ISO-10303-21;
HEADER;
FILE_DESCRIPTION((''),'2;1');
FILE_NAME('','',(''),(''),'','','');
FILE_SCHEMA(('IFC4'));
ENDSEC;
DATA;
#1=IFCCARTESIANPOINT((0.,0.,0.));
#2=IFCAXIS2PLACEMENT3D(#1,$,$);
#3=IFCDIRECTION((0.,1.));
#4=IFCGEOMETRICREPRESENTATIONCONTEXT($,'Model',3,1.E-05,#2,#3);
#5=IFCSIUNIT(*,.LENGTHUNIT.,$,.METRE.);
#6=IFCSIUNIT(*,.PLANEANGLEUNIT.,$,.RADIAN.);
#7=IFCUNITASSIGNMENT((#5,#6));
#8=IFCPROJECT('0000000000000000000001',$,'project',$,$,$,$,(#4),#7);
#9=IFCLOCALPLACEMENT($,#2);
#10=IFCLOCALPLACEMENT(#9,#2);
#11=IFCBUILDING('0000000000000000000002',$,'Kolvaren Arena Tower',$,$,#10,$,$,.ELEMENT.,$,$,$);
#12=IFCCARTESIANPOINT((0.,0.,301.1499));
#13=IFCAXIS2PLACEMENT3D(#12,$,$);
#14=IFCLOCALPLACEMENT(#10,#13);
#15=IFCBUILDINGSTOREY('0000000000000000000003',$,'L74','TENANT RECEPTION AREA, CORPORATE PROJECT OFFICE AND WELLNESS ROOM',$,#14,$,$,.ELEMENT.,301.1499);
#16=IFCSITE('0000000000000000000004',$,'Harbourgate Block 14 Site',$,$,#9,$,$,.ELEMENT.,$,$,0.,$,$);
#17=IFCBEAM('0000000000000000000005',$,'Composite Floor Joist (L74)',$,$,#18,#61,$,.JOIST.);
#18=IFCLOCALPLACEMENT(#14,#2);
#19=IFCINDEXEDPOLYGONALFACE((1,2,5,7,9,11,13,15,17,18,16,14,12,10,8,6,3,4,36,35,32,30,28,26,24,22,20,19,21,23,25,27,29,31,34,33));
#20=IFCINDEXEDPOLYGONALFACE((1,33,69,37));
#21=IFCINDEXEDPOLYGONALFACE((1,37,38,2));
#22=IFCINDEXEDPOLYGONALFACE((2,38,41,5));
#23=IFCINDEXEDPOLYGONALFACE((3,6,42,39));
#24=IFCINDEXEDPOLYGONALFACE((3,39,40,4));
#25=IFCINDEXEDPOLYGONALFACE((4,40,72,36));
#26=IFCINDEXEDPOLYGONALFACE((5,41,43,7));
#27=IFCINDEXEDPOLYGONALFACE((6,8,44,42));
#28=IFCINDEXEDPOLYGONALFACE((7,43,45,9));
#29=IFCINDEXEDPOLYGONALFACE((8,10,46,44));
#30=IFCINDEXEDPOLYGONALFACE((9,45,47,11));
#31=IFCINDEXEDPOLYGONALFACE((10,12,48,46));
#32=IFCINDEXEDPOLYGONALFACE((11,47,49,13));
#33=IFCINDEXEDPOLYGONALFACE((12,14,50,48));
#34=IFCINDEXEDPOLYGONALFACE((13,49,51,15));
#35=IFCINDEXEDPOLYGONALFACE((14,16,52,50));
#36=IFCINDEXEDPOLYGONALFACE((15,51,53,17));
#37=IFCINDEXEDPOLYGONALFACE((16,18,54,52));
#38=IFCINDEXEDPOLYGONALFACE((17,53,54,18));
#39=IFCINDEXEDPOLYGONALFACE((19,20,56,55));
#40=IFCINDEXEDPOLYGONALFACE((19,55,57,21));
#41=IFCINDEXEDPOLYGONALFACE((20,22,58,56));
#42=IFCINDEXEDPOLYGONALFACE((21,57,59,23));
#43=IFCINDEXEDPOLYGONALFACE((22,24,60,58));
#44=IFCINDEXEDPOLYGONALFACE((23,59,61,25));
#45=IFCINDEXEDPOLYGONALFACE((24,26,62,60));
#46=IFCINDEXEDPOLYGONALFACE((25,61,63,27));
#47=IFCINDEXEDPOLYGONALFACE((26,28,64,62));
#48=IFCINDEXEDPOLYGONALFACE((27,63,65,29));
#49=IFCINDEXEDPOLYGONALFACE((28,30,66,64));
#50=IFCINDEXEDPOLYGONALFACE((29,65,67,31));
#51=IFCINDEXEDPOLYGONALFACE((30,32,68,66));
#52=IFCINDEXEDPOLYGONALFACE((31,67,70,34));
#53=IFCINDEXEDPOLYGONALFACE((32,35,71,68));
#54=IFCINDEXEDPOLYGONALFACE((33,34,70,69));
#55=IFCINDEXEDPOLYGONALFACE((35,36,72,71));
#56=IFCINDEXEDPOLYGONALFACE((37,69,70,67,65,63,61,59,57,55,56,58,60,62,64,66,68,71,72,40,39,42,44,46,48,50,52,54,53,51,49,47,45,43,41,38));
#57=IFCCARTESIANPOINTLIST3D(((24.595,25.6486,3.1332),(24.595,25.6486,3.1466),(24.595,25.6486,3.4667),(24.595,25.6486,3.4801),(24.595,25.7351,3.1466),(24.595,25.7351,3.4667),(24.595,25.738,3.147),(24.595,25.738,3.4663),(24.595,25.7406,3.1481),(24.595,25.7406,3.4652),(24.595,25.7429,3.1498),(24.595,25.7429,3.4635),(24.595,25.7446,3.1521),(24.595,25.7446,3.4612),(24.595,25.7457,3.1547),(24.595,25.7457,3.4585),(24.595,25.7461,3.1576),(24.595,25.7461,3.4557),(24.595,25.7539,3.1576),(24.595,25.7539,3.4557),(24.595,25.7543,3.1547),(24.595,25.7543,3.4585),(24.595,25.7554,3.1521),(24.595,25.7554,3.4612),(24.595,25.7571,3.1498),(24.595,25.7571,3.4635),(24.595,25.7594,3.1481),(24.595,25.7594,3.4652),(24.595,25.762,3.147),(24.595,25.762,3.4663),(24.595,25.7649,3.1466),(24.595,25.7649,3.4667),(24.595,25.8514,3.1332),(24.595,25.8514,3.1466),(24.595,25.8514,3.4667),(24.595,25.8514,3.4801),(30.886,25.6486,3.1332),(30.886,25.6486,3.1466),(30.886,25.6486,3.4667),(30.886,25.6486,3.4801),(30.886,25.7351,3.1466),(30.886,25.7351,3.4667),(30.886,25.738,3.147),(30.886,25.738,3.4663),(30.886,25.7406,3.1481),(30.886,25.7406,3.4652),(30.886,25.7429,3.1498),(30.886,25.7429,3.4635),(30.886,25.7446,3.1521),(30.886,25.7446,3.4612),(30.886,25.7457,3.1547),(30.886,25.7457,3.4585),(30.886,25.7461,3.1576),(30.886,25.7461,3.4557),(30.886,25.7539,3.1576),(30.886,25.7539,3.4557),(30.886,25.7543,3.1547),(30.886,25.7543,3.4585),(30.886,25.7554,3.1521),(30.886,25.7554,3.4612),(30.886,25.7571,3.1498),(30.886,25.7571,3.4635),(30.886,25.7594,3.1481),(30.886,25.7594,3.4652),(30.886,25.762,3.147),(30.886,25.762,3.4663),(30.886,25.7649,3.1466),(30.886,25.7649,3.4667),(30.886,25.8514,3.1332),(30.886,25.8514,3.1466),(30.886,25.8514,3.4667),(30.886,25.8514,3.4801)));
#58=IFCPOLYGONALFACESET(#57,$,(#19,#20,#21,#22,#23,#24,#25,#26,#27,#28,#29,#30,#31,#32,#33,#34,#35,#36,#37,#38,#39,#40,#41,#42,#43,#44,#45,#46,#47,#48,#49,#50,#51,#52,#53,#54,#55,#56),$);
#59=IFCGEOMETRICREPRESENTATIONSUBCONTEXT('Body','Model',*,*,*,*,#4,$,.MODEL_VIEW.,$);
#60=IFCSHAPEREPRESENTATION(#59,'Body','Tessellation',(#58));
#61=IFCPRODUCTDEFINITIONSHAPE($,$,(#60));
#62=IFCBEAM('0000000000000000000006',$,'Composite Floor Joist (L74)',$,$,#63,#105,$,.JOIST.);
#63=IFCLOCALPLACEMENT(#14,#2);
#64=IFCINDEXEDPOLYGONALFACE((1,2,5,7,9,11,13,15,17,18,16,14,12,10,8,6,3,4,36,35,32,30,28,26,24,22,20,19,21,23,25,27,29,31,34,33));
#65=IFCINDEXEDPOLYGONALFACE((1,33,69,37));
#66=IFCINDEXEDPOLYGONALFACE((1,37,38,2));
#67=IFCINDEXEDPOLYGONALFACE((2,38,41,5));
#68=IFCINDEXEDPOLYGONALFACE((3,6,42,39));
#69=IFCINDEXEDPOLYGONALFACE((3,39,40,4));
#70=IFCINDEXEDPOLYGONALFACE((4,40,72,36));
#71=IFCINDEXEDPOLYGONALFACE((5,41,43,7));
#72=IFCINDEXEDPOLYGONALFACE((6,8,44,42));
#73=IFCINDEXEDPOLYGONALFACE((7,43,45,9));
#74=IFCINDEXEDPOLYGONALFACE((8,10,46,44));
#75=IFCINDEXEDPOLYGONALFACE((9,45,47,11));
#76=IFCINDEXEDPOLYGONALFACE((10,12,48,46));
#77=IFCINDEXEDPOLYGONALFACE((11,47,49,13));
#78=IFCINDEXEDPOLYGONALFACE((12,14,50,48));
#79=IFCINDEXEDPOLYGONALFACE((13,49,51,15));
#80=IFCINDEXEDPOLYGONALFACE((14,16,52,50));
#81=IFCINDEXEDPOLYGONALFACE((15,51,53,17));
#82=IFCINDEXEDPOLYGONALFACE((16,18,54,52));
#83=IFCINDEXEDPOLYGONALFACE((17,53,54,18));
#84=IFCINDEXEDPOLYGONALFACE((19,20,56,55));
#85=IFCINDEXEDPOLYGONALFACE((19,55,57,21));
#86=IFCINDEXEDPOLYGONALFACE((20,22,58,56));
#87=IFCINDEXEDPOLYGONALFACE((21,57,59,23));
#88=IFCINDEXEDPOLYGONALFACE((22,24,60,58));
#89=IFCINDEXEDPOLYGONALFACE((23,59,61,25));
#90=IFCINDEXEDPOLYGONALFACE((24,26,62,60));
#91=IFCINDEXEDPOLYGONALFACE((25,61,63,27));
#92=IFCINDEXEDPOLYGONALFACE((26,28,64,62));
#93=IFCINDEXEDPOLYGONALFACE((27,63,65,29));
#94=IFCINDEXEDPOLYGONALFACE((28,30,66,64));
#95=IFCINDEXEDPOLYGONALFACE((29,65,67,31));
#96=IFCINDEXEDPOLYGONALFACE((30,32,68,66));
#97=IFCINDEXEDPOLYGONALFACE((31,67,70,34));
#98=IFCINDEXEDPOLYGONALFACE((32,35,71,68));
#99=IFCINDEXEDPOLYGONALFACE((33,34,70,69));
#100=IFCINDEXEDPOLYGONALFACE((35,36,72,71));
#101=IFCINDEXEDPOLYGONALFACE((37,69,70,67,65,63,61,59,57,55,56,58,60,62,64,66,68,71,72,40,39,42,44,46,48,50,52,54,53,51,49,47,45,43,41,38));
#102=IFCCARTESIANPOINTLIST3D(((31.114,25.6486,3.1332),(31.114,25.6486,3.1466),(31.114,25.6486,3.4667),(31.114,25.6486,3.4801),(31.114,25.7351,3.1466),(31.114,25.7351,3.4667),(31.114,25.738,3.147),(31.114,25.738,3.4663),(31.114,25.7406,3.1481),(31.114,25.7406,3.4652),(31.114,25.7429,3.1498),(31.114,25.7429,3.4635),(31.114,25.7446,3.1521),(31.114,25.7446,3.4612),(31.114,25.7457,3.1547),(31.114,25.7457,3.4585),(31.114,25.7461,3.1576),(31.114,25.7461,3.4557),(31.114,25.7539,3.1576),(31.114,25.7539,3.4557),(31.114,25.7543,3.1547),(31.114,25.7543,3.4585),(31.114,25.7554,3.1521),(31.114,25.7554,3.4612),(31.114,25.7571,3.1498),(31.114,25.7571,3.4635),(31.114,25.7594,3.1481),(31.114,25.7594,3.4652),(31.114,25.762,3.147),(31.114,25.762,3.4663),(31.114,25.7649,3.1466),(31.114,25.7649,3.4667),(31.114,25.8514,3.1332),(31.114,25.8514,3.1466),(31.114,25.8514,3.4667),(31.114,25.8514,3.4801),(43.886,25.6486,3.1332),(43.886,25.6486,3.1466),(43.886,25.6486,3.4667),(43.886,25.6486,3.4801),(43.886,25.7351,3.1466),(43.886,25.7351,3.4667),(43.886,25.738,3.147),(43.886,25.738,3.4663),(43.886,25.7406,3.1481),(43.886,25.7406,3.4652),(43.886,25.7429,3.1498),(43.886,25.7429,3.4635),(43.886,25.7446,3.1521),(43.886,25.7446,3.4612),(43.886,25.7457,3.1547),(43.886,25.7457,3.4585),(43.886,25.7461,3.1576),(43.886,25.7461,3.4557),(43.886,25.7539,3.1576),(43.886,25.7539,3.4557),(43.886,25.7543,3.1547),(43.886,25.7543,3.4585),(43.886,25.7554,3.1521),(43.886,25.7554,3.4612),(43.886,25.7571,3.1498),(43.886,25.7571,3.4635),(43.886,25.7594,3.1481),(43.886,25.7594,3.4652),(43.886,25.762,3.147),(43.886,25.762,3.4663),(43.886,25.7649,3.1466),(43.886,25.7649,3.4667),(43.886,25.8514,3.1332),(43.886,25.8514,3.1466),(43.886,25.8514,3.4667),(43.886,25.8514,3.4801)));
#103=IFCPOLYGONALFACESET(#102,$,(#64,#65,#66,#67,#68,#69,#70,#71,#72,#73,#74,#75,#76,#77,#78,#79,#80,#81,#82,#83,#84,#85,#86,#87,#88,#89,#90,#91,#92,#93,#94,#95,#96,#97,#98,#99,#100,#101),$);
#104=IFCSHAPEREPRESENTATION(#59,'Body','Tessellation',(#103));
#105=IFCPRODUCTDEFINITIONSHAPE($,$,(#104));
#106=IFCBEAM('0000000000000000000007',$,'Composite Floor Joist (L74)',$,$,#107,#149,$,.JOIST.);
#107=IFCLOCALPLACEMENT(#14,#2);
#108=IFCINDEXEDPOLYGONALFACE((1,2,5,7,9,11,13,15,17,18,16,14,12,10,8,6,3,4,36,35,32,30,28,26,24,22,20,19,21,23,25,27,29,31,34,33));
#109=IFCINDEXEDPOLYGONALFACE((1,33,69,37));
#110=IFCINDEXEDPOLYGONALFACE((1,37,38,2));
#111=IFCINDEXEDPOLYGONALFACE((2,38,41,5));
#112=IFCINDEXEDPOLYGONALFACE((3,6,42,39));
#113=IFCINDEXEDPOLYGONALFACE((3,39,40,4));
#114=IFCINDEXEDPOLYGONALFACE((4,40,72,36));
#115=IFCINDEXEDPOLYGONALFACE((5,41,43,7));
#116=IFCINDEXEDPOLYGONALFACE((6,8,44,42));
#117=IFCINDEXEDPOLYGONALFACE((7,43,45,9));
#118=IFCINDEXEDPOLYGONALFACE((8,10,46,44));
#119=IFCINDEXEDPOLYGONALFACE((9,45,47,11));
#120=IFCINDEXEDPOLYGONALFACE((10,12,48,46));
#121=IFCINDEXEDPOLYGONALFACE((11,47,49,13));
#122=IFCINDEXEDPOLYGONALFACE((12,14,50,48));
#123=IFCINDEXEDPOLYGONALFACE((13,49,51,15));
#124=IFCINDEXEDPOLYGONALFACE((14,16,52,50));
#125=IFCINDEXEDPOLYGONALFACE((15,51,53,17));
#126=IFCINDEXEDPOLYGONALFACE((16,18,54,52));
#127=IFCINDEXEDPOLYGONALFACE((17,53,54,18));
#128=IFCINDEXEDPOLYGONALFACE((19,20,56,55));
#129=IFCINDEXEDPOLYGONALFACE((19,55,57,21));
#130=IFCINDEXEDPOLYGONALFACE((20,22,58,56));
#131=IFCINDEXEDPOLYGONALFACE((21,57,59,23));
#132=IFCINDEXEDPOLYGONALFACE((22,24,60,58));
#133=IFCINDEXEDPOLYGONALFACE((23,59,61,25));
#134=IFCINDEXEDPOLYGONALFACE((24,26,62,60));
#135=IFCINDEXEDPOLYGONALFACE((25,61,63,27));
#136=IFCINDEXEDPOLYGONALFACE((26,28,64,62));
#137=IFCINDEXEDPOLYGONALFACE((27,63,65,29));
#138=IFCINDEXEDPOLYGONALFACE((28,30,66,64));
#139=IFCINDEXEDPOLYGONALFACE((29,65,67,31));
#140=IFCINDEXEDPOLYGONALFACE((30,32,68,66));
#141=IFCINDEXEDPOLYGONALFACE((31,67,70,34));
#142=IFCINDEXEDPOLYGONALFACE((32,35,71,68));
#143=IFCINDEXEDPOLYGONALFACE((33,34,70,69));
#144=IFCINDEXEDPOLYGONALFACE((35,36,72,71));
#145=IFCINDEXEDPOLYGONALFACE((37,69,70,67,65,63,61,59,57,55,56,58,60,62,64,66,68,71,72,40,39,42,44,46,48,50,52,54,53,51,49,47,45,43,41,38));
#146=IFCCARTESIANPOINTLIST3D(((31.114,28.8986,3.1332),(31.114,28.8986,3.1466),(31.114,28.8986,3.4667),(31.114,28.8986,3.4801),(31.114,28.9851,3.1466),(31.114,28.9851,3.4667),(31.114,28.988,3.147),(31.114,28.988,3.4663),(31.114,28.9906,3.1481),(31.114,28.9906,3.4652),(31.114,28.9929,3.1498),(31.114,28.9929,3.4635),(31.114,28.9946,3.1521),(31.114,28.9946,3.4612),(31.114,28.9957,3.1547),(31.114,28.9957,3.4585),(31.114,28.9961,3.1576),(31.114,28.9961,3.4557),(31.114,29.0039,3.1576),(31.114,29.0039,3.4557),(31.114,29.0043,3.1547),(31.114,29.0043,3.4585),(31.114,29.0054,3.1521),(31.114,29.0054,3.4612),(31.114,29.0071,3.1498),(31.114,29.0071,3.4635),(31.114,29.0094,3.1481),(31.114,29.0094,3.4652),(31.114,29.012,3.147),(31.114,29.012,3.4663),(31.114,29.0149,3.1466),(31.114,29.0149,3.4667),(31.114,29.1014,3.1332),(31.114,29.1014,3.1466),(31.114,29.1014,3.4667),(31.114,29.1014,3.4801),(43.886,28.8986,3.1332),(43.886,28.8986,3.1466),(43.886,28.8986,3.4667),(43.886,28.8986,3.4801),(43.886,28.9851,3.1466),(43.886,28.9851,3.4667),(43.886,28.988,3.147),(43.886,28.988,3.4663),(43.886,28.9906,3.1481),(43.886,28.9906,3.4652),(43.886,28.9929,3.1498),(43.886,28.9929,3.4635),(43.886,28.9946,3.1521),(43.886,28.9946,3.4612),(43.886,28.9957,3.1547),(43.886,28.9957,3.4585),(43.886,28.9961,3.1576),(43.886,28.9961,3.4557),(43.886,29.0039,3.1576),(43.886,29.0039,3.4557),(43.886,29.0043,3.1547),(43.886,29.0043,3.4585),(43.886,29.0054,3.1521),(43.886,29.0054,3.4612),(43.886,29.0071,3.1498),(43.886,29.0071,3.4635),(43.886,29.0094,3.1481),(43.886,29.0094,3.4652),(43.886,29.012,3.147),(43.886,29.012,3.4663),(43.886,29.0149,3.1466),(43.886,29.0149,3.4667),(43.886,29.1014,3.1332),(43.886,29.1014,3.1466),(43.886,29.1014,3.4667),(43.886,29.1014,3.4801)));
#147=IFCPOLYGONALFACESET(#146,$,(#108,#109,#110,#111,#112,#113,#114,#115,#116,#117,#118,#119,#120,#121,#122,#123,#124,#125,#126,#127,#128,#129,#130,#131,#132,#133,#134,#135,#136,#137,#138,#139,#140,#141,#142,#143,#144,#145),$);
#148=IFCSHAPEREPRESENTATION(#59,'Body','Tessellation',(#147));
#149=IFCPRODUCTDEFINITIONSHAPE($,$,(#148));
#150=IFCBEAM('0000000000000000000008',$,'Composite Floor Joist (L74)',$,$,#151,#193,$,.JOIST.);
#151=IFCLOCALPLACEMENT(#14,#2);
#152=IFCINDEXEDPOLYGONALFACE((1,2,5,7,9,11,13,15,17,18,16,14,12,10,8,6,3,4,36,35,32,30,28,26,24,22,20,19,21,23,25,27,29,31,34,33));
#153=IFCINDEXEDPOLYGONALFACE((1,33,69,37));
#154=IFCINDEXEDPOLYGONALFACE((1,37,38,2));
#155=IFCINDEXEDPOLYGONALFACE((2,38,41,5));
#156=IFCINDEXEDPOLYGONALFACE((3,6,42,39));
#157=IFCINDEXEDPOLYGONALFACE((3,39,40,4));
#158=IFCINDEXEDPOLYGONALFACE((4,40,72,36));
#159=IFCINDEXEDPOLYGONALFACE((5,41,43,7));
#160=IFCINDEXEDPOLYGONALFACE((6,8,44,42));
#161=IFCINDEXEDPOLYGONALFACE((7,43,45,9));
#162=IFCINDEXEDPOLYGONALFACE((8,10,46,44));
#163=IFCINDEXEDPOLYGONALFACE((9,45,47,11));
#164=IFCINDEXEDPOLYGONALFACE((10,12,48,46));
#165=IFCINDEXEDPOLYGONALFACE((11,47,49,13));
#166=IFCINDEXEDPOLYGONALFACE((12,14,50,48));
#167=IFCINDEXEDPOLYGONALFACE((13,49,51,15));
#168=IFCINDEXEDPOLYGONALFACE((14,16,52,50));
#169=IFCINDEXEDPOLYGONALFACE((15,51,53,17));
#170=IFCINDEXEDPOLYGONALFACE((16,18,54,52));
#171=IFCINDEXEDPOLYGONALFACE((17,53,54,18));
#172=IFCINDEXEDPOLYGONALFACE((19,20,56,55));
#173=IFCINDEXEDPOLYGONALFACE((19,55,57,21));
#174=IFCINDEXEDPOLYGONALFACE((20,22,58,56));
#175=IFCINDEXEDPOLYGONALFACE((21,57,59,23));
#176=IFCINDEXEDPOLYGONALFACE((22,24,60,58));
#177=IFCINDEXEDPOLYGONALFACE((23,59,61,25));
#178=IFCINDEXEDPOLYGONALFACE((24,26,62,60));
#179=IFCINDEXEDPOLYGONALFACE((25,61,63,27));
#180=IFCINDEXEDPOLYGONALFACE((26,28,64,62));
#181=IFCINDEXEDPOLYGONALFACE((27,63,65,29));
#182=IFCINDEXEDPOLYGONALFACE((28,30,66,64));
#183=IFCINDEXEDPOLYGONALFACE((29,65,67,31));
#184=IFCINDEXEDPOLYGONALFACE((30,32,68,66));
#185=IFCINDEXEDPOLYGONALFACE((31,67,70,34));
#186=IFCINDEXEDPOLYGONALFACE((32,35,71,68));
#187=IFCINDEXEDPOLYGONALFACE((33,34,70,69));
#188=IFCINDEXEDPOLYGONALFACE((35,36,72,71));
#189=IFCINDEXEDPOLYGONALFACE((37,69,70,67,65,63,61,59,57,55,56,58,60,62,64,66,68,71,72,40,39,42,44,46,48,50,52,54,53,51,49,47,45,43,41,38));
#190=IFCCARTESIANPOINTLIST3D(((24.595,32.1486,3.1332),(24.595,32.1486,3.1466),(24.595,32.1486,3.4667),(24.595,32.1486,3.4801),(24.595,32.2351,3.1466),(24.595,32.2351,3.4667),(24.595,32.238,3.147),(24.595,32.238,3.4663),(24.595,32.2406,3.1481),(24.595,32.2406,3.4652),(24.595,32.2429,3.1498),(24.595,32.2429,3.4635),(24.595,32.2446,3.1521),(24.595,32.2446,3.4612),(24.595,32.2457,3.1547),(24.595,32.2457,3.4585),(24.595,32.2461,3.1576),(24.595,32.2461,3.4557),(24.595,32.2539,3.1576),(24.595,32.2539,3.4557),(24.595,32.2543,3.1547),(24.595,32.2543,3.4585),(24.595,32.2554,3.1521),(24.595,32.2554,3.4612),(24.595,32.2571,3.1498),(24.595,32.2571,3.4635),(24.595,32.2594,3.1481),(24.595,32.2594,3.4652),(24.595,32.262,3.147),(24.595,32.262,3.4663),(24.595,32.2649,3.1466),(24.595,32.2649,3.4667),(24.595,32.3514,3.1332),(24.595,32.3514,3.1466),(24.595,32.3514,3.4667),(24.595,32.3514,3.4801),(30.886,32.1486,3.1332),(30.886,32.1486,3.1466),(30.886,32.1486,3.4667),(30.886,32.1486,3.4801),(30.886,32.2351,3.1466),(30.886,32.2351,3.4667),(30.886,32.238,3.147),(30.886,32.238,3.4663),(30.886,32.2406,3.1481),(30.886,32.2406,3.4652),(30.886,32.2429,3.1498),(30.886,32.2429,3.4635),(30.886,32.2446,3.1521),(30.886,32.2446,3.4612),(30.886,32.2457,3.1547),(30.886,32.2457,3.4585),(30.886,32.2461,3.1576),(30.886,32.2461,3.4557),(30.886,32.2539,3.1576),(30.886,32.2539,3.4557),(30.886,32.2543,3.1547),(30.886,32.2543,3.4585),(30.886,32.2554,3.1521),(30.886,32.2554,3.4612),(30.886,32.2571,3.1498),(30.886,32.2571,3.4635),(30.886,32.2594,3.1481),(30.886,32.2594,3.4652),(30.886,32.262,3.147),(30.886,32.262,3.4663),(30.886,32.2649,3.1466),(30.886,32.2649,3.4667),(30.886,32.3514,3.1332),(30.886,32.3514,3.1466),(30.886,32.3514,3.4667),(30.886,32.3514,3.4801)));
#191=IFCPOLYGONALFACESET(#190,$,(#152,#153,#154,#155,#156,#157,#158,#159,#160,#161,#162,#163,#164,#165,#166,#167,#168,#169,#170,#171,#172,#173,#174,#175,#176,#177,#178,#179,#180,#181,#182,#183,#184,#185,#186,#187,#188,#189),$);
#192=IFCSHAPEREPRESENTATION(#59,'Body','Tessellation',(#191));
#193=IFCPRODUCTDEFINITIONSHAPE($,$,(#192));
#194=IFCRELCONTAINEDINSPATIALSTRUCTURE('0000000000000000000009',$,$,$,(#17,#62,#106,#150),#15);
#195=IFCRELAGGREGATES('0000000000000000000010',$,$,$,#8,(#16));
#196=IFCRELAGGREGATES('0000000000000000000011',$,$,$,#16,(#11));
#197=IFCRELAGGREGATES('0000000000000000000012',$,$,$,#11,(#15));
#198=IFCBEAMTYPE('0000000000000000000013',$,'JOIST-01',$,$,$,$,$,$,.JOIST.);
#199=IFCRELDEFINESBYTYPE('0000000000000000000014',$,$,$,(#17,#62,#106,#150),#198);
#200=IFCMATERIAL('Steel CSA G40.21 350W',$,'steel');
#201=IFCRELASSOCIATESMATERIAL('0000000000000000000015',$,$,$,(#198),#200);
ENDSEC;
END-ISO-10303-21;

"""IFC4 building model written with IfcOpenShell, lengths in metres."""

from ifc_helpers import new_model, si_unit, direction, frame, origin, origin_2d, place, context, subcontext, project, spatial, i_section, extrude, material, material_profile, profile_set, type_object, element, save


model = new_model("IFC4")

# Units and contexts
model_context = context("Model", 3, precision=1e-05, world=origin(), true_north=direction((0.0, 1.0)))
body_context = subcontext(model_context, "Body", "Model", "MODEL_VIEW")
ifc_project = project(units=[si_unit("LENGTHUNIT", "METRE"), si_unit("PLANEANGLEUNIT", "RADIAN")], contexts=[model_context])

# Site, building, storey
site_placement = place(None, origin())
site = spatial("IfcSite", under=ifc_project, at=site_placement, Name="Harbourgate Block 14 Site", CompositionType="ELEMENT", RefElevation=0.0)
building_placement = place(site_placement, origin())
building = spatial("IfcBuilding", under=site, at=building_placement, Name="Kolvaren Arena Tower", CompositionType="ELEMENT")
storey_placement = place(building_placement, frame((0.0, 0.0, 301.1499)))
storey = spatial("IfcBuildingStorey", under=building, at=storey_placement, Name="L74", Description="TENANT RECEPTION AREA, CORPORATE PROJECT OFFICE AND WELLNESS ROOM", CompositionType="ELEMENT", Elevation=301.1499)

# Beams
ifc_material_1 = material(Name="Steel CSA G40.21 350W", Category="steel")
ifc_material_profile_1 = material_profile(ifc_material_1, i_section(OverallWidth=0.2029, OverallDepth=0.3469, WebThickness=0.0078, FlangeThickness=0.0134, FilletRadius=0.011, at=origin_2d()), Name="W360x64")
ifc_profile_set_1 = profile_set([ifc_material_profile_1], Name="Steel CSA G40.21 350W")
beam_type_1 = type_object("IfcBeamType", Name="JOIST-01", PredefinedType="JOIST", material=ifc_profile_set_1)
beam_1_placement = place(storey_placement, frame((24.595, 25.75, 3.3066), z_axis=(1.0, 0.0, 0.0), x_axis=(0.0, 1.0, 0.0)))
element("IfcBeam", 1, at=beam_1_placement, inside=storey, type_object=beam_type_1, Name="Composite Floor Joist (L74)", PredefinedType="JOIST", context=body_context, shape_type="SweptSolid", body=[
    extrude(i_section(OverallWidth=0.2029, OverallDepth=0.3469, WebThickness=0.0078, FlangeThickness=0.0134, FilletRadius=0.011, at=origin_2d()), origin(), (0.0, 0.0, 1.0), 6.291),
])
for number, where, z_axis, x_axis, name in (
    (2, (31.114, 25.75, 3.3066), (1.0, 0.0, 0.0), (0.0, 1.0, 0.0), "Composite Floor Joist (L74)"),
    (3, (31.114, 29.0, 3.3066), (1.0, 0.0, 0.0), (0.0, 1.0, 0.0), "Composite Floor Joist (L74)"),
):
    element("IfcBeam", number, at=place(storey_placement, frame(where, z_axis=z_axis, x_axis=x_axis)), inside=storey, type_object=beam_type_1, Name=name, PredefinedType="JOIST", context=body_context, shape_type="SweptSolid", body=[
        extrude(i_section(OverallWidth=0.2029, OverallDepth=0.3469, WebThickness=0.0078, FlangeThickness=0.0134, FilletRadius=0.011, at=origin_2d()), origin(), (0.0, 0.0, 1.0), 12.772),
    ])
beam_2_placement = place(storey_placement, frame((24.595, 32.25, 3.3066), z_axis=(1.0, 0.0, 0.0), x_axis=(0.0, 1.0, 0.0)))
element("IfcBeam", 4, at=beam_2_placement, inside=storey, type_object=beam_type_1, Name="Composite Floor Joist (L74)", PredefinedType="JOIST", context=body_context, shape_type="SweptSolid", body=[
    extrude(i_section(OverallWidth=0.2029, OverallDepth=0.3469, WebThickness=0.0078, FlangeThickness=0.0134, FilletRadius=0.011, at=origin_2d()), origin(), (0.0, 0.0, 1.0), 6.291),
])

save(model, "model.ifc")
